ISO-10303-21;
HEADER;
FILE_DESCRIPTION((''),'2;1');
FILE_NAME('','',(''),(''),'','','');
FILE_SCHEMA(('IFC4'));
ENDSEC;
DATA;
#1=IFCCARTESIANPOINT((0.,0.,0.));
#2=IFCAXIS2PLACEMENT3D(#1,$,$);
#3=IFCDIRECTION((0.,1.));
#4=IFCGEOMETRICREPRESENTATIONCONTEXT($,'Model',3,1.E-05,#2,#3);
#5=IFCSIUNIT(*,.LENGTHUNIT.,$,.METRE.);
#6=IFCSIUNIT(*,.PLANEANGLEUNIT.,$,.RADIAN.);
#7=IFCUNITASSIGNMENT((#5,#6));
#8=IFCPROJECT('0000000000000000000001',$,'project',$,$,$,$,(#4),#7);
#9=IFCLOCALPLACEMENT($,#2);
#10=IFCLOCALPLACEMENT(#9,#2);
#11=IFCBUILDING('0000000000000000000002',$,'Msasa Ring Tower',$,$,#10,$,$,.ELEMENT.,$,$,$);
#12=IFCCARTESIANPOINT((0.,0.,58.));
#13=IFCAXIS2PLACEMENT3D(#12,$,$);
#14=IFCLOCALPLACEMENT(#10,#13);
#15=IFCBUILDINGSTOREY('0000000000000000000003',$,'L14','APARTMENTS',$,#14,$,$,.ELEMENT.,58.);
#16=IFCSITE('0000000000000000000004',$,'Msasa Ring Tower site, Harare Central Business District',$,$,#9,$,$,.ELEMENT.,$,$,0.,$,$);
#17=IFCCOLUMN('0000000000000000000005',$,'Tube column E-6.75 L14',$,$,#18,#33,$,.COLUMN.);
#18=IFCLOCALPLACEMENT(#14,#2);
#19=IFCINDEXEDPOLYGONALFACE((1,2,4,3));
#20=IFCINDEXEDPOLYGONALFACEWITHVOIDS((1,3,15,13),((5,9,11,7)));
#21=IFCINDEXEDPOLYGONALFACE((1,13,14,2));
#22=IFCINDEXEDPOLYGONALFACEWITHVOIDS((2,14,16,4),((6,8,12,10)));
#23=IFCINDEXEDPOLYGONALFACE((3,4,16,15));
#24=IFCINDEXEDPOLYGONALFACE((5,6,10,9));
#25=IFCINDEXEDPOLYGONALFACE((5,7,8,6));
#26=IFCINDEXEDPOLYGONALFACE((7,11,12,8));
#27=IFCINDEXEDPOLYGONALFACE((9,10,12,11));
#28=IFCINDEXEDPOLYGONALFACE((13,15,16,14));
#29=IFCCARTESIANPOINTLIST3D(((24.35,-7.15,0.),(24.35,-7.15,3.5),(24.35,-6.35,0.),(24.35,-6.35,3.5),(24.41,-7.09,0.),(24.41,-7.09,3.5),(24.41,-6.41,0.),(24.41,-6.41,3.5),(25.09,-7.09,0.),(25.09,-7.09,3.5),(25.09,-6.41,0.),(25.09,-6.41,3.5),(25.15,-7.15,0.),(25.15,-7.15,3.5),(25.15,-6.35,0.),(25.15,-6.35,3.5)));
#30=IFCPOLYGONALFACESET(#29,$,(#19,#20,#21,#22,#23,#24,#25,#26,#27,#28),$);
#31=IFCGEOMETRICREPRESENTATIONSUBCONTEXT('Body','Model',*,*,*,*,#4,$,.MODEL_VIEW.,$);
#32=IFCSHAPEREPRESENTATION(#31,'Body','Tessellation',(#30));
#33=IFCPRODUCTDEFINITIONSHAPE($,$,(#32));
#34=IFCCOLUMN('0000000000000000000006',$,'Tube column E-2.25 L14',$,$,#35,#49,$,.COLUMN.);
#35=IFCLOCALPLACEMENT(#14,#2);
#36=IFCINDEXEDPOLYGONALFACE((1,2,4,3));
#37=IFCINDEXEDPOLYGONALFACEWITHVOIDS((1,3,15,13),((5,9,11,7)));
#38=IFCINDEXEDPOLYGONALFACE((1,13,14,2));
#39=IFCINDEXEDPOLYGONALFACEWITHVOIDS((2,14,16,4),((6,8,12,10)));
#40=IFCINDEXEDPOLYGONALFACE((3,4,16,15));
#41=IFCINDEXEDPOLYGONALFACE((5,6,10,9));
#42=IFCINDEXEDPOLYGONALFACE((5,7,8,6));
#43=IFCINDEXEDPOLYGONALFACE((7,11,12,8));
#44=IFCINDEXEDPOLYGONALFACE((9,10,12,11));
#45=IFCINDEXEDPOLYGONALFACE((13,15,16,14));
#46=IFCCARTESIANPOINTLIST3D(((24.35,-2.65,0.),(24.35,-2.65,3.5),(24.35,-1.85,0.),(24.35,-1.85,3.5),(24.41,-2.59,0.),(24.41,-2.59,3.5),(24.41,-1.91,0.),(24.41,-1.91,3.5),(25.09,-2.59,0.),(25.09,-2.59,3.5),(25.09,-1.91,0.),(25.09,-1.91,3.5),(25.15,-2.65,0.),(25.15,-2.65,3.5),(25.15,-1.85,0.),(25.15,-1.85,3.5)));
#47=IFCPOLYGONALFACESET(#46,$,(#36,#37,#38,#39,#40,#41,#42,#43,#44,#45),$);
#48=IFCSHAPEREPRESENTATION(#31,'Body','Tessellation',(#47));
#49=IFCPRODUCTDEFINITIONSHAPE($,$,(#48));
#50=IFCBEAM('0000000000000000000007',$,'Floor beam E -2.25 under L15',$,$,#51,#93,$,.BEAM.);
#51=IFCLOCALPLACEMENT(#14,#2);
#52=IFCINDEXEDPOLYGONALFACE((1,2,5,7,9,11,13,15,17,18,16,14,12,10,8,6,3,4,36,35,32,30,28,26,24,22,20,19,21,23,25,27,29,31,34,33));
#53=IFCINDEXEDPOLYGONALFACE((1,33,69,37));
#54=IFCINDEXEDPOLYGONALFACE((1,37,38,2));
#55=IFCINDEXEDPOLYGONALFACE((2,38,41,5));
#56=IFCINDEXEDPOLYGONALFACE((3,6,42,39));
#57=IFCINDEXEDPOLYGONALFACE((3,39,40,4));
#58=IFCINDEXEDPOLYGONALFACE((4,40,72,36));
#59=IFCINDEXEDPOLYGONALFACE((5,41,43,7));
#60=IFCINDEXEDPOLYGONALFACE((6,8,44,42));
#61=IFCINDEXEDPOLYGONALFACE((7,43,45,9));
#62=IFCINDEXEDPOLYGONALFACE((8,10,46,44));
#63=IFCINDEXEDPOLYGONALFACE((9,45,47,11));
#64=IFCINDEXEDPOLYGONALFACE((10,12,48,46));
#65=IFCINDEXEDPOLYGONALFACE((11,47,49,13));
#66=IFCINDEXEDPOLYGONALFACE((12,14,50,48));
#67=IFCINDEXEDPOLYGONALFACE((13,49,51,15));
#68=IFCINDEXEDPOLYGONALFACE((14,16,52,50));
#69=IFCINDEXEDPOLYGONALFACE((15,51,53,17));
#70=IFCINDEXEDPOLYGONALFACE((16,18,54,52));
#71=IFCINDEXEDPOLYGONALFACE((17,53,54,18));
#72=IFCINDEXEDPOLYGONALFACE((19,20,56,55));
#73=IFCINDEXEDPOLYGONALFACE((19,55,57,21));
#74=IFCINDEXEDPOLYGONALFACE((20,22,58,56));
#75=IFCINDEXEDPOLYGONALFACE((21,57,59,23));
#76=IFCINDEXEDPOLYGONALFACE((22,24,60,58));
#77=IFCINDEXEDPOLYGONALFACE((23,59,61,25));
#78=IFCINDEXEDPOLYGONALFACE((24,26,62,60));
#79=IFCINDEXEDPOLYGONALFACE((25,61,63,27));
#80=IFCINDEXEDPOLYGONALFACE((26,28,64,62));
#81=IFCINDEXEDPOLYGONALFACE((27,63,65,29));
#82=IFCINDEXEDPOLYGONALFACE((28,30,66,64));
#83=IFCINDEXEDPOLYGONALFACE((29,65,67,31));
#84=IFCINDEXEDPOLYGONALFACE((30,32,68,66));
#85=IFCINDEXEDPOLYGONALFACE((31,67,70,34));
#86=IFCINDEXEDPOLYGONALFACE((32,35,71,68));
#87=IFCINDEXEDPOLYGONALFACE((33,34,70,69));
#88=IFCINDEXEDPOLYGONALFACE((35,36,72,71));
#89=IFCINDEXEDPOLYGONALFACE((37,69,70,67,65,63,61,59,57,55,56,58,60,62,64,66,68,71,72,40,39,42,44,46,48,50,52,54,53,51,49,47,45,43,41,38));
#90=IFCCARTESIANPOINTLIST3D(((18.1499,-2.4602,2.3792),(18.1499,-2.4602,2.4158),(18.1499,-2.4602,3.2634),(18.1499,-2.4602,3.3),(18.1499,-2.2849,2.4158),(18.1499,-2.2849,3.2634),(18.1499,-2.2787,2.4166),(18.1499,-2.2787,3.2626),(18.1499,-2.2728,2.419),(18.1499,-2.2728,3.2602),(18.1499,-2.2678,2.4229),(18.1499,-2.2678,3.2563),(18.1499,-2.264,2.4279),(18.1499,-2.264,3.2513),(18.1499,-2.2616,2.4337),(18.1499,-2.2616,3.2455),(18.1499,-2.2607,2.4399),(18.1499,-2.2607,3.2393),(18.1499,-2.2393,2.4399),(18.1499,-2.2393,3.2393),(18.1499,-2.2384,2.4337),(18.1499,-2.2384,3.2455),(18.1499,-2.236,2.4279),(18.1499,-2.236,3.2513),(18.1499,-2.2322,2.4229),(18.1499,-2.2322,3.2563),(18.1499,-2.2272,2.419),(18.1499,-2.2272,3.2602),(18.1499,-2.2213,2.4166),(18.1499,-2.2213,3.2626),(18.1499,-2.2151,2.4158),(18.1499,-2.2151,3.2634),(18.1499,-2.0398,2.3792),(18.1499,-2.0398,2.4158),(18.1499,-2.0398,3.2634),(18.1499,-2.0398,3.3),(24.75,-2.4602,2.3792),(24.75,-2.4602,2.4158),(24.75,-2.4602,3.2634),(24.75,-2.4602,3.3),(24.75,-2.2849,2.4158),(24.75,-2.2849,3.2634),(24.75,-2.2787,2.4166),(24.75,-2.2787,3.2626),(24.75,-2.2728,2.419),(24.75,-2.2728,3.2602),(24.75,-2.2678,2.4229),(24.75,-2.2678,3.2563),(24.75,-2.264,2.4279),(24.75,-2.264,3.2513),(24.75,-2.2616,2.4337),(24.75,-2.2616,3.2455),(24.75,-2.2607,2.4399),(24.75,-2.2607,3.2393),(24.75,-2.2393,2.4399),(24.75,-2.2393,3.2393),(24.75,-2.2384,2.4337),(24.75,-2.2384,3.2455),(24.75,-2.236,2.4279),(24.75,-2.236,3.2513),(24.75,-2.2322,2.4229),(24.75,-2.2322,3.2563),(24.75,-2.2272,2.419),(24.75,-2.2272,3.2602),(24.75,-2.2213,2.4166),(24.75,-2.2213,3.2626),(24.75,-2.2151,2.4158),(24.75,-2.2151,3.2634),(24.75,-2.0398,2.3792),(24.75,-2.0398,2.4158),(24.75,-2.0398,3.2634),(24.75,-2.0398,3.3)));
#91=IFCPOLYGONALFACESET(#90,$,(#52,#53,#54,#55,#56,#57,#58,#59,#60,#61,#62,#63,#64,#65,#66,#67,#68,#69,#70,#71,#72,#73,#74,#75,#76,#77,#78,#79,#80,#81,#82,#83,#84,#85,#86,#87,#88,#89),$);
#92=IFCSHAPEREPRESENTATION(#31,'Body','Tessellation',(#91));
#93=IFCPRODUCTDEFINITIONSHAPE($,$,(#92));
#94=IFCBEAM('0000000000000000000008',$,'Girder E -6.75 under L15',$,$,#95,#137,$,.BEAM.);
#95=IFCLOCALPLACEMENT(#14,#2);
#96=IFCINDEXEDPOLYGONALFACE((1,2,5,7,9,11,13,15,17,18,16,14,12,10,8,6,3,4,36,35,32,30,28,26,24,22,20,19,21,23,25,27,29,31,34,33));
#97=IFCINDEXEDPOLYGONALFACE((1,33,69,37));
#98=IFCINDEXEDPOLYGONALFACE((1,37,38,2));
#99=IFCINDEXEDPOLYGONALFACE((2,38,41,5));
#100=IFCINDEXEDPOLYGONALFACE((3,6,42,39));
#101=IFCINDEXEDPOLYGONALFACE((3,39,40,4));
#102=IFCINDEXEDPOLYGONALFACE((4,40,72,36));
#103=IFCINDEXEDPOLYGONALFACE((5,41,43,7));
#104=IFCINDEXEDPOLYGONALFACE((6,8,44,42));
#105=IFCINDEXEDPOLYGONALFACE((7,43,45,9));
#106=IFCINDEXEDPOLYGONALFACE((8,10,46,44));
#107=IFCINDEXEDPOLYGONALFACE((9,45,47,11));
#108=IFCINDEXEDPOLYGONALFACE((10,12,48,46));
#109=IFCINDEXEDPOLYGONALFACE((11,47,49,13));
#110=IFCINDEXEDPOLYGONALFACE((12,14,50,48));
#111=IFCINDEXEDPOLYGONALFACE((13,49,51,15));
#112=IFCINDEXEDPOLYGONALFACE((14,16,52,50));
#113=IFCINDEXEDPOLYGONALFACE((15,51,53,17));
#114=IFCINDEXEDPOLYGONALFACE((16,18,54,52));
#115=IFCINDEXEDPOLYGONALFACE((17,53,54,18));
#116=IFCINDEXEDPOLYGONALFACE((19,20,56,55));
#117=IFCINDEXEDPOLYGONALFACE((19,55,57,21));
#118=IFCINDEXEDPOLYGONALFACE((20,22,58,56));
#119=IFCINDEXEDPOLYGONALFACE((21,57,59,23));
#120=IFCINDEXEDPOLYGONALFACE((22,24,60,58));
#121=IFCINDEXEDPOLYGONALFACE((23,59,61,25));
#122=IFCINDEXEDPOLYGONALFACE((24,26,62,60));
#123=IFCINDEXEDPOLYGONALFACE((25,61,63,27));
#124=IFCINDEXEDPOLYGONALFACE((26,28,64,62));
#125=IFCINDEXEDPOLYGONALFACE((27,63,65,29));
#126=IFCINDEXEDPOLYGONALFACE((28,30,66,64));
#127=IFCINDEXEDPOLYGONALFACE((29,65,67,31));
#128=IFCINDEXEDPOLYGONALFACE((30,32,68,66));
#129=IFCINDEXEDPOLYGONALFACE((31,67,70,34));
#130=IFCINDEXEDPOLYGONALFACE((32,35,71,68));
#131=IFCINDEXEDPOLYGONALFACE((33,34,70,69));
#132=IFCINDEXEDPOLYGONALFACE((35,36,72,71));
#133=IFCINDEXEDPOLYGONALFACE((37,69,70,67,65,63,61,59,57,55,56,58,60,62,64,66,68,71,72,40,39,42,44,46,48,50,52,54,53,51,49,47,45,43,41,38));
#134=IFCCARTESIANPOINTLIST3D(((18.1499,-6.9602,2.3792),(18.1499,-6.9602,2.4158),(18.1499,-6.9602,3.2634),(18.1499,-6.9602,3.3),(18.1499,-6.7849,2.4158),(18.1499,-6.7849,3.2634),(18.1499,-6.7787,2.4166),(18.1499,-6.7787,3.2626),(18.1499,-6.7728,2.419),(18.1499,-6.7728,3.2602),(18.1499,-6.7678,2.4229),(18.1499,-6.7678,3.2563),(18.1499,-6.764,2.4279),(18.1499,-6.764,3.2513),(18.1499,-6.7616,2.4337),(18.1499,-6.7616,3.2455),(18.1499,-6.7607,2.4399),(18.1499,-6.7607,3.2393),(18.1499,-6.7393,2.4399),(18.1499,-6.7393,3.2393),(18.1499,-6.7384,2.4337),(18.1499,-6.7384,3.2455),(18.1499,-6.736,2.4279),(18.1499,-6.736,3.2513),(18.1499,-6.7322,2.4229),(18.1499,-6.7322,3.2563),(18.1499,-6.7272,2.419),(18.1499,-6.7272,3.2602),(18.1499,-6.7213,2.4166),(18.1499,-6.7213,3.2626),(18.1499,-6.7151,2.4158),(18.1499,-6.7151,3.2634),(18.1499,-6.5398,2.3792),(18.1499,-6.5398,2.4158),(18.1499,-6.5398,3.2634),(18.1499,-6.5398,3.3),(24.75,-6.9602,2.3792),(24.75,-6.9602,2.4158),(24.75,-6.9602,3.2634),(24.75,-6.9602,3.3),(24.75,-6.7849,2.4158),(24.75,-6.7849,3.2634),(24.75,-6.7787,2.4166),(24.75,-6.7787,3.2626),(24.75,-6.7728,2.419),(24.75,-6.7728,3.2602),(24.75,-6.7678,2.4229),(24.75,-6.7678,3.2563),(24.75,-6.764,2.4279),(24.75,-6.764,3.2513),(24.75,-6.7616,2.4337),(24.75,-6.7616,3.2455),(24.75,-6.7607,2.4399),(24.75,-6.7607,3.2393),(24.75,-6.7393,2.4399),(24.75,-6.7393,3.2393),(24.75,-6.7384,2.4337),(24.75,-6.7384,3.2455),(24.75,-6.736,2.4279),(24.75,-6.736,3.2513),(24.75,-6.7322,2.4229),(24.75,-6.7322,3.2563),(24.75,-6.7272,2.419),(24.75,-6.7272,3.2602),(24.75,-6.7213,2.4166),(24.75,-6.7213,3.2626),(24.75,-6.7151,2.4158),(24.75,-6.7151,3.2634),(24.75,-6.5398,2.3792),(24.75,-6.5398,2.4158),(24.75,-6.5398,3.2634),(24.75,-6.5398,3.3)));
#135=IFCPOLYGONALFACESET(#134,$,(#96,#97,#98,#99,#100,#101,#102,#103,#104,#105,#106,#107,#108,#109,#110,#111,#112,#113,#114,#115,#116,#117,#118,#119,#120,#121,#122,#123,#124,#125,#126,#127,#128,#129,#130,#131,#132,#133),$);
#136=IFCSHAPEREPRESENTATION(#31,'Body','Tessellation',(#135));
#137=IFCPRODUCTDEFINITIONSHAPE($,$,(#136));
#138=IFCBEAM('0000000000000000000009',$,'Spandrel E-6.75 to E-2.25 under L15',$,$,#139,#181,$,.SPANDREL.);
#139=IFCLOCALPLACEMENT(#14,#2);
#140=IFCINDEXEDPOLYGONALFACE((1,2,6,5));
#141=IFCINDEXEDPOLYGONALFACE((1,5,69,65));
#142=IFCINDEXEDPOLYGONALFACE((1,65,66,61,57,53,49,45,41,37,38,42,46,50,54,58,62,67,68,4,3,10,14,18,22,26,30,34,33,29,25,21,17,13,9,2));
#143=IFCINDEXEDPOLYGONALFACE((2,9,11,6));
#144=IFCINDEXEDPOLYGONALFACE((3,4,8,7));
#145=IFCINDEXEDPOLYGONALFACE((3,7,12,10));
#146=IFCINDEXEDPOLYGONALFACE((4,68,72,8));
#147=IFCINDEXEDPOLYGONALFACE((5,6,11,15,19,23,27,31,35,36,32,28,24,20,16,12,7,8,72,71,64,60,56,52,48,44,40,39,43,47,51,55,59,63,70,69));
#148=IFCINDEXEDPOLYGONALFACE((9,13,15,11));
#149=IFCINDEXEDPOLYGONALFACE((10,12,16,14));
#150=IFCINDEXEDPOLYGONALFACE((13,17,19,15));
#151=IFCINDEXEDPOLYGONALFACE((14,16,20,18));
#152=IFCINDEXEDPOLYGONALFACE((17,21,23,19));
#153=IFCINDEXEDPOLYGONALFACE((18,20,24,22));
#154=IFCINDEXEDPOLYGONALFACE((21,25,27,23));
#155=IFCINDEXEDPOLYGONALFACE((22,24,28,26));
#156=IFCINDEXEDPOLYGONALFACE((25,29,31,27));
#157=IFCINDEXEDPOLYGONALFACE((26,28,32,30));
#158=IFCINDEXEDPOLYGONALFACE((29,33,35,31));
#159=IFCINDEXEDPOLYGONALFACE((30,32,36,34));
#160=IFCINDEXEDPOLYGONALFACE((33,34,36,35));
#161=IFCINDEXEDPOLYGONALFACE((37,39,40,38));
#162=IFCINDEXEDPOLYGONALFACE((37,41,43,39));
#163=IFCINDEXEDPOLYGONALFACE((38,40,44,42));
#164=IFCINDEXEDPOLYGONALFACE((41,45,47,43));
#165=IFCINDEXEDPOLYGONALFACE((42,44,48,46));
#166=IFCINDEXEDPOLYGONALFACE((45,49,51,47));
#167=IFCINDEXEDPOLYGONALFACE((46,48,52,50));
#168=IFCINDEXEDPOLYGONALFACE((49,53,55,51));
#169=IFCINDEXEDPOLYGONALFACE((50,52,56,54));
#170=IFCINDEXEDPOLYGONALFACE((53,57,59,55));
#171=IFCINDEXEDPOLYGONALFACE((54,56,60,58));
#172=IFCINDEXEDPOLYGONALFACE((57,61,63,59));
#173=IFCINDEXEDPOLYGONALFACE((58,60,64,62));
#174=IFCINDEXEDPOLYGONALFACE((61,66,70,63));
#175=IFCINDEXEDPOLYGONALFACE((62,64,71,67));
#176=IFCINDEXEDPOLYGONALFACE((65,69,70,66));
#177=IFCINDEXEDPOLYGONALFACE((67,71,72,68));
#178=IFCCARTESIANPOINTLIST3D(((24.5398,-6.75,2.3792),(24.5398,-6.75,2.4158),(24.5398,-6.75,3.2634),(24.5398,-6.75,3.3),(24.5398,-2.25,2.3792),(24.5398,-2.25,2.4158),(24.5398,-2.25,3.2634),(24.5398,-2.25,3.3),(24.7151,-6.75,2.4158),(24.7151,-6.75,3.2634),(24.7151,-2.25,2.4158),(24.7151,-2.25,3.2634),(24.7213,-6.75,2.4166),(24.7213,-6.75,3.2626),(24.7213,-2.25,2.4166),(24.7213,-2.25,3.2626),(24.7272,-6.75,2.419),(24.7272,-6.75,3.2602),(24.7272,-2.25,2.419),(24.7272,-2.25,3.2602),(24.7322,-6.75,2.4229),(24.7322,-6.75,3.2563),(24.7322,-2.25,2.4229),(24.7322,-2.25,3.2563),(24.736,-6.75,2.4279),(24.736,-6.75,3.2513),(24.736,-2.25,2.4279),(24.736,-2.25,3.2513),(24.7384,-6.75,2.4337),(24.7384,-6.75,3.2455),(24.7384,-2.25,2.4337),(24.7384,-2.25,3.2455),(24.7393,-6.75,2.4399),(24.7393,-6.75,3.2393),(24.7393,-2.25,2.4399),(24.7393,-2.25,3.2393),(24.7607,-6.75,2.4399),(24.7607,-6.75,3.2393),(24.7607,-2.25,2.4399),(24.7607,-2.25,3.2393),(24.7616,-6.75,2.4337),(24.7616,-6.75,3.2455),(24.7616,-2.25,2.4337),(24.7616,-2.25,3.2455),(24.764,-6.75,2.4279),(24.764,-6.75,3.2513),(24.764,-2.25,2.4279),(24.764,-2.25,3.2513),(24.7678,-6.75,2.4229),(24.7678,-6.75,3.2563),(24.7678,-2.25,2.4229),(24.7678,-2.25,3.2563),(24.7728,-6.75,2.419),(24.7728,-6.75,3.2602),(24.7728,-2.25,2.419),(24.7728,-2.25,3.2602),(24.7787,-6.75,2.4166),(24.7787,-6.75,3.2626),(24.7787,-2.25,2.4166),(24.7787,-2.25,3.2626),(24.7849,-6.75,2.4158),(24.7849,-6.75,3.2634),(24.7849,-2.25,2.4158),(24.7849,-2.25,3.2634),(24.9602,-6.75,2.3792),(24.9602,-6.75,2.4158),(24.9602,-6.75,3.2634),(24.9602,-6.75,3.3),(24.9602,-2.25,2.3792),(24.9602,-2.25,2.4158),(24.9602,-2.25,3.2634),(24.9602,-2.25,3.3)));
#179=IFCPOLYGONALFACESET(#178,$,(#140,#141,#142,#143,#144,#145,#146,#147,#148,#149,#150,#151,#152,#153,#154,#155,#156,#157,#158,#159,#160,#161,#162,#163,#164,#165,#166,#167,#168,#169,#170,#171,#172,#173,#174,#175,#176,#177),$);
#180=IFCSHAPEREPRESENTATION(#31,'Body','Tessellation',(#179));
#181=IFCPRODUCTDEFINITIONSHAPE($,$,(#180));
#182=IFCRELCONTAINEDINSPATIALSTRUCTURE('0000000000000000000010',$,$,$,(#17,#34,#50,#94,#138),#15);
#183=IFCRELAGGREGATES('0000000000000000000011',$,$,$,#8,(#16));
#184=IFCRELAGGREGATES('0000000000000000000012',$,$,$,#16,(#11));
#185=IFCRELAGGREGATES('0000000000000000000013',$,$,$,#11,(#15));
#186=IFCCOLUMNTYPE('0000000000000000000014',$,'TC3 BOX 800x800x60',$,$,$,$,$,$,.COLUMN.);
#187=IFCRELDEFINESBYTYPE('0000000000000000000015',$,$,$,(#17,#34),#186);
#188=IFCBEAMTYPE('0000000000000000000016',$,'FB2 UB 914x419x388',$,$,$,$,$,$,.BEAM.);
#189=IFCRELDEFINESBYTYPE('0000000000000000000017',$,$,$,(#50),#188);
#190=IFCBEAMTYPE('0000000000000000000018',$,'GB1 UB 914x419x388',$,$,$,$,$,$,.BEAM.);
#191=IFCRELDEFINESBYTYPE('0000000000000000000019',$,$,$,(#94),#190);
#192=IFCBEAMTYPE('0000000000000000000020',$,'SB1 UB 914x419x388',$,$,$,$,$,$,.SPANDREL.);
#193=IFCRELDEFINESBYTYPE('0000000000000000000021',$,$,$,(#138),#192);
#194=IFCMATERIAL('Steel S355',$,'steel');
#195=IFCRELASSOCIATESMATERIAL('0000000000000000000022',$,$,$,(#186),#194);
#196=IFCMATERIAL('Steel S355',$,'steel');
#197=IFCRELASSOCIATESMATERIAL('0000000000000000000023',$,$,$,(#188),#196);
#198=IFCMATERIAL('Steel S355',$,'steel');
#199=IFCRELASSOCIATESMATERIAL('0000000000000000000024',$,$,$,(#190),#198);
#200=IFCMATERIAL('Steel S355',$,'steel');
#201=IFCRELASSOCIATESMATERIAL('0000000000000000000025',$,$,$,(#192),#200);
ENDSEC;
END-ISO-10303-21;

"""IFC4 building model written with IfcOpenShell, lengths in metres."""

from ifc_helpers import new_model, si_unit, direction, frame, origin, origin_2d, place, context, subcontext, project, spatial, hollow_rectangle, i_section, extrude, material, material_profile, profile_set, type_object, element, save


model = new_model("IFC4")

# Units and contexts
model_context = context("Model", 3, precision=1e-05, world=origin(), true_north=direction((0.0, 1.0)))
body_context = subcontext(model_context, "Body", "Model", "MODEL_VIEW")
ifc_project = project(units=[si_unit("LENGTHUNIT", "METRE"), si_unit("PLANEANGLEUNIT", "RADIAN")], contexts=[model_context])

# Site, building, storey
site_placement = place(None, origin())
site = spatial("IfcSite", under=ifc_project, at=site_placement, Name="Msasa Ring Tower site, Harare Central Business District", CompositionType="ELEMENT", RefElevation=0.0)
building_placement = place(site_placement, origin())
building = spatial("IfcBuilding", under=site, at=building_placement, Name="Msasa Ring Tower", CompositionType="ELEMENT")
storey_placement = place(building_placement, frame((0.0, 0.0, 58.0)))
storey = spatial("IfcBuildingStorey", under=building, at=storey_placement, Name="L14", Description="APARTMENTS", CompositionType="ELEMENT", Elevation=58.0)

# Columns
ifc_material_1 = material(Name="Steel S355", Category="steel")
ifc_material_profile_1 = material_profile(ifc_material_1, hollow_rectangle(XDim=0.8, YDim=0.8, WallThickness=0.0601, at=origin_2d()), Name="BOX 800x800x60")
ifc_profile_set_1 = profile_set([ifc_material_profile_1], Name="Steel S355")
column_type = type_object("IfcColumnType", Name="TC3 BOX 800x800x60", PredefinedType="COLUMN", material=ifc_profile_set_1)
for number, where, z_axis, x_axis, name in (
    (1, (24.75, -6.75, 0.0), (0.0, 0.0, 1.0), (1.0, 0.0, 0.0), "Tube column E-6.75 L14"),
    (2, (24.75, -2.25, 0.0), (0.0, 0.0, 1.0), (1.0, 0.0, 0.0), "Tube column E-2.25 L14"),
):
    element("IfcColumn", number, at=place(storey_placement, frame(where, z_axis=z_axis, x_axis=x_axis)), inside=storey, type_object=column_type, Name=name, PredefinedType="COLUMN", context=body_context, shape_type="SweptSolid", body=[
        extrude(hollow_rectangle(XDim=0.8, YDim=0.8, WallThickness=0.0601, at=origin_2d()), origin(), (0.0, 0.0, 1.0), 3.5),
    ])

# Beams
ifc_material_2 = material(Name="Steel S355", Category="steel")
ifc_material_profile_2 = material_profile(ifc_material_2, i_section(OverallWidth=0.4204, OverallDepth=0.9209, WebThickness=0.0215, FlangeThickness=0.0366, FilletRadius=0.0242, at=origin_2d()), Name="UB 914x419x388")
ifc_profile_set_2 = profile_set([ifc_material_profile_2], Name="Steel S355")
beam_type_1 = type_object("IfcBeamType", Name="FB2 UB 914x419x388", PredefinedType="BEAM", material=ifc_profile_set_2)
beam_1_placement = place(storey_placement, frame((24.75, -2.25, 2.8396), z_axis=(-1.0, 0.0, 0.0), x_axis=(0.0, -1.0, 0.0)))
element("IfcBeam", 3, at=beam_1_placement, inside=storey, type_object=beam_type_1, Name="Floor beam E -2.25 under L15", PredefinedType="BEAM", context=body_context, shape_type="SweptSolid", body=[
    extrude(i_section(OverallWidth=0.4204, OverallDepth=0.9209, WebThickness=0.0215, FlangeThickness=0.0366, FilletRadius=0.0242, at=origin_2d()), origin(), (0.0, 0.0, 1.0), 6.6001),
])
ifc_material_3 = material(Name="Steel S355", Category="steel")
ifc_material_profile_3 = material_profile(ifc_material_3, i_section(OverallWidth=0.4204, OverallDepth=0.9209, WebThickness=0.0215, FlangeThickness=0.0366, FilletRadius=0.0242, at=origin_2d()), Name="UB 914x419x388")
ifc_profile_set_3 = profile_set([ifc_material_profile_3], Name="Steel S355")
beam_type_2 = type_object("IfcBeamType", Name="GB1 UB 914x419x388", PredefinedType="BEAM", material=ifc_profile_set_3)
beam_2_placement = place(storey_placement, frame((18.1499, -6.75, 2.8396), z_axis=(1.0, 0.0, 0.0), x_axis=(0.0, 1.0, 0.0)))
element("IfcBeam", 4, at=beam_2_placement, inside=storey, type_object=beam_type_2, Name="Girder E -6.75 under L15", PredefinedType="BEAM", context=body_context, shape_type="SweptSolid", body=[
    extrude(i_section(OverallWidth=0.4204, OverallDepth=0.9209, WebThickness=0.0215, FlangeThickness=0.0366, FilletRadius=0.0242, at=origin_2d()), origin(), (0.0, 0.0, 1.0), 6.6001),
])
ifc_material_4 = material(Name="Steel S355", Category="steel")
ifc_material_profile_4 = material_profile(ifc_material_4, i_section(OverallWidth=0.4204, OverallDepth=0.9209, WebThickness=0.0215, FlangeThickness=0.0366, FilletRadius=0.0242, at=origin_2d()), Name="UB 914x419x388")
ifc_profile_set_4 = profile_set([ifc_material_profile_4], Name="Steel S355")
beam_type_3 = type_object("IfcBeamType", Name="SB1 UB 914x419x388", PredefinedType="SPANDREL", material=ifc_profile_set_4)
for number, where, z_axis, x_axis, name in (
    (5, (24.75, -6.75, 2.8396), (0.0, 1.0, 0.0), (-1.0, 0.0, 0.0), "Spandrel E-6.75 to E-2.25 under L15"),
):
    element("IfcBeam", number, at=place(storey_placement, frame(where, z_axis=z_axis, x_axis=x_axis)), inside=storey, type_object=beam_type_3, Name=name, PredefinedType="SPANDREL", context=body_context, shape_type="SweptSolid", body=[
        extrude(i_section(OverallWidth=0.4204, OverallDepth=0.9209, WebThickness=0.0215, FlangeThickness=0.0366, FilletRadius=0.0242, at=origin_2d()), origin(), (0.0, 0.0, 1.0), 4.5),
    ])

save(model, "model.ifc")
